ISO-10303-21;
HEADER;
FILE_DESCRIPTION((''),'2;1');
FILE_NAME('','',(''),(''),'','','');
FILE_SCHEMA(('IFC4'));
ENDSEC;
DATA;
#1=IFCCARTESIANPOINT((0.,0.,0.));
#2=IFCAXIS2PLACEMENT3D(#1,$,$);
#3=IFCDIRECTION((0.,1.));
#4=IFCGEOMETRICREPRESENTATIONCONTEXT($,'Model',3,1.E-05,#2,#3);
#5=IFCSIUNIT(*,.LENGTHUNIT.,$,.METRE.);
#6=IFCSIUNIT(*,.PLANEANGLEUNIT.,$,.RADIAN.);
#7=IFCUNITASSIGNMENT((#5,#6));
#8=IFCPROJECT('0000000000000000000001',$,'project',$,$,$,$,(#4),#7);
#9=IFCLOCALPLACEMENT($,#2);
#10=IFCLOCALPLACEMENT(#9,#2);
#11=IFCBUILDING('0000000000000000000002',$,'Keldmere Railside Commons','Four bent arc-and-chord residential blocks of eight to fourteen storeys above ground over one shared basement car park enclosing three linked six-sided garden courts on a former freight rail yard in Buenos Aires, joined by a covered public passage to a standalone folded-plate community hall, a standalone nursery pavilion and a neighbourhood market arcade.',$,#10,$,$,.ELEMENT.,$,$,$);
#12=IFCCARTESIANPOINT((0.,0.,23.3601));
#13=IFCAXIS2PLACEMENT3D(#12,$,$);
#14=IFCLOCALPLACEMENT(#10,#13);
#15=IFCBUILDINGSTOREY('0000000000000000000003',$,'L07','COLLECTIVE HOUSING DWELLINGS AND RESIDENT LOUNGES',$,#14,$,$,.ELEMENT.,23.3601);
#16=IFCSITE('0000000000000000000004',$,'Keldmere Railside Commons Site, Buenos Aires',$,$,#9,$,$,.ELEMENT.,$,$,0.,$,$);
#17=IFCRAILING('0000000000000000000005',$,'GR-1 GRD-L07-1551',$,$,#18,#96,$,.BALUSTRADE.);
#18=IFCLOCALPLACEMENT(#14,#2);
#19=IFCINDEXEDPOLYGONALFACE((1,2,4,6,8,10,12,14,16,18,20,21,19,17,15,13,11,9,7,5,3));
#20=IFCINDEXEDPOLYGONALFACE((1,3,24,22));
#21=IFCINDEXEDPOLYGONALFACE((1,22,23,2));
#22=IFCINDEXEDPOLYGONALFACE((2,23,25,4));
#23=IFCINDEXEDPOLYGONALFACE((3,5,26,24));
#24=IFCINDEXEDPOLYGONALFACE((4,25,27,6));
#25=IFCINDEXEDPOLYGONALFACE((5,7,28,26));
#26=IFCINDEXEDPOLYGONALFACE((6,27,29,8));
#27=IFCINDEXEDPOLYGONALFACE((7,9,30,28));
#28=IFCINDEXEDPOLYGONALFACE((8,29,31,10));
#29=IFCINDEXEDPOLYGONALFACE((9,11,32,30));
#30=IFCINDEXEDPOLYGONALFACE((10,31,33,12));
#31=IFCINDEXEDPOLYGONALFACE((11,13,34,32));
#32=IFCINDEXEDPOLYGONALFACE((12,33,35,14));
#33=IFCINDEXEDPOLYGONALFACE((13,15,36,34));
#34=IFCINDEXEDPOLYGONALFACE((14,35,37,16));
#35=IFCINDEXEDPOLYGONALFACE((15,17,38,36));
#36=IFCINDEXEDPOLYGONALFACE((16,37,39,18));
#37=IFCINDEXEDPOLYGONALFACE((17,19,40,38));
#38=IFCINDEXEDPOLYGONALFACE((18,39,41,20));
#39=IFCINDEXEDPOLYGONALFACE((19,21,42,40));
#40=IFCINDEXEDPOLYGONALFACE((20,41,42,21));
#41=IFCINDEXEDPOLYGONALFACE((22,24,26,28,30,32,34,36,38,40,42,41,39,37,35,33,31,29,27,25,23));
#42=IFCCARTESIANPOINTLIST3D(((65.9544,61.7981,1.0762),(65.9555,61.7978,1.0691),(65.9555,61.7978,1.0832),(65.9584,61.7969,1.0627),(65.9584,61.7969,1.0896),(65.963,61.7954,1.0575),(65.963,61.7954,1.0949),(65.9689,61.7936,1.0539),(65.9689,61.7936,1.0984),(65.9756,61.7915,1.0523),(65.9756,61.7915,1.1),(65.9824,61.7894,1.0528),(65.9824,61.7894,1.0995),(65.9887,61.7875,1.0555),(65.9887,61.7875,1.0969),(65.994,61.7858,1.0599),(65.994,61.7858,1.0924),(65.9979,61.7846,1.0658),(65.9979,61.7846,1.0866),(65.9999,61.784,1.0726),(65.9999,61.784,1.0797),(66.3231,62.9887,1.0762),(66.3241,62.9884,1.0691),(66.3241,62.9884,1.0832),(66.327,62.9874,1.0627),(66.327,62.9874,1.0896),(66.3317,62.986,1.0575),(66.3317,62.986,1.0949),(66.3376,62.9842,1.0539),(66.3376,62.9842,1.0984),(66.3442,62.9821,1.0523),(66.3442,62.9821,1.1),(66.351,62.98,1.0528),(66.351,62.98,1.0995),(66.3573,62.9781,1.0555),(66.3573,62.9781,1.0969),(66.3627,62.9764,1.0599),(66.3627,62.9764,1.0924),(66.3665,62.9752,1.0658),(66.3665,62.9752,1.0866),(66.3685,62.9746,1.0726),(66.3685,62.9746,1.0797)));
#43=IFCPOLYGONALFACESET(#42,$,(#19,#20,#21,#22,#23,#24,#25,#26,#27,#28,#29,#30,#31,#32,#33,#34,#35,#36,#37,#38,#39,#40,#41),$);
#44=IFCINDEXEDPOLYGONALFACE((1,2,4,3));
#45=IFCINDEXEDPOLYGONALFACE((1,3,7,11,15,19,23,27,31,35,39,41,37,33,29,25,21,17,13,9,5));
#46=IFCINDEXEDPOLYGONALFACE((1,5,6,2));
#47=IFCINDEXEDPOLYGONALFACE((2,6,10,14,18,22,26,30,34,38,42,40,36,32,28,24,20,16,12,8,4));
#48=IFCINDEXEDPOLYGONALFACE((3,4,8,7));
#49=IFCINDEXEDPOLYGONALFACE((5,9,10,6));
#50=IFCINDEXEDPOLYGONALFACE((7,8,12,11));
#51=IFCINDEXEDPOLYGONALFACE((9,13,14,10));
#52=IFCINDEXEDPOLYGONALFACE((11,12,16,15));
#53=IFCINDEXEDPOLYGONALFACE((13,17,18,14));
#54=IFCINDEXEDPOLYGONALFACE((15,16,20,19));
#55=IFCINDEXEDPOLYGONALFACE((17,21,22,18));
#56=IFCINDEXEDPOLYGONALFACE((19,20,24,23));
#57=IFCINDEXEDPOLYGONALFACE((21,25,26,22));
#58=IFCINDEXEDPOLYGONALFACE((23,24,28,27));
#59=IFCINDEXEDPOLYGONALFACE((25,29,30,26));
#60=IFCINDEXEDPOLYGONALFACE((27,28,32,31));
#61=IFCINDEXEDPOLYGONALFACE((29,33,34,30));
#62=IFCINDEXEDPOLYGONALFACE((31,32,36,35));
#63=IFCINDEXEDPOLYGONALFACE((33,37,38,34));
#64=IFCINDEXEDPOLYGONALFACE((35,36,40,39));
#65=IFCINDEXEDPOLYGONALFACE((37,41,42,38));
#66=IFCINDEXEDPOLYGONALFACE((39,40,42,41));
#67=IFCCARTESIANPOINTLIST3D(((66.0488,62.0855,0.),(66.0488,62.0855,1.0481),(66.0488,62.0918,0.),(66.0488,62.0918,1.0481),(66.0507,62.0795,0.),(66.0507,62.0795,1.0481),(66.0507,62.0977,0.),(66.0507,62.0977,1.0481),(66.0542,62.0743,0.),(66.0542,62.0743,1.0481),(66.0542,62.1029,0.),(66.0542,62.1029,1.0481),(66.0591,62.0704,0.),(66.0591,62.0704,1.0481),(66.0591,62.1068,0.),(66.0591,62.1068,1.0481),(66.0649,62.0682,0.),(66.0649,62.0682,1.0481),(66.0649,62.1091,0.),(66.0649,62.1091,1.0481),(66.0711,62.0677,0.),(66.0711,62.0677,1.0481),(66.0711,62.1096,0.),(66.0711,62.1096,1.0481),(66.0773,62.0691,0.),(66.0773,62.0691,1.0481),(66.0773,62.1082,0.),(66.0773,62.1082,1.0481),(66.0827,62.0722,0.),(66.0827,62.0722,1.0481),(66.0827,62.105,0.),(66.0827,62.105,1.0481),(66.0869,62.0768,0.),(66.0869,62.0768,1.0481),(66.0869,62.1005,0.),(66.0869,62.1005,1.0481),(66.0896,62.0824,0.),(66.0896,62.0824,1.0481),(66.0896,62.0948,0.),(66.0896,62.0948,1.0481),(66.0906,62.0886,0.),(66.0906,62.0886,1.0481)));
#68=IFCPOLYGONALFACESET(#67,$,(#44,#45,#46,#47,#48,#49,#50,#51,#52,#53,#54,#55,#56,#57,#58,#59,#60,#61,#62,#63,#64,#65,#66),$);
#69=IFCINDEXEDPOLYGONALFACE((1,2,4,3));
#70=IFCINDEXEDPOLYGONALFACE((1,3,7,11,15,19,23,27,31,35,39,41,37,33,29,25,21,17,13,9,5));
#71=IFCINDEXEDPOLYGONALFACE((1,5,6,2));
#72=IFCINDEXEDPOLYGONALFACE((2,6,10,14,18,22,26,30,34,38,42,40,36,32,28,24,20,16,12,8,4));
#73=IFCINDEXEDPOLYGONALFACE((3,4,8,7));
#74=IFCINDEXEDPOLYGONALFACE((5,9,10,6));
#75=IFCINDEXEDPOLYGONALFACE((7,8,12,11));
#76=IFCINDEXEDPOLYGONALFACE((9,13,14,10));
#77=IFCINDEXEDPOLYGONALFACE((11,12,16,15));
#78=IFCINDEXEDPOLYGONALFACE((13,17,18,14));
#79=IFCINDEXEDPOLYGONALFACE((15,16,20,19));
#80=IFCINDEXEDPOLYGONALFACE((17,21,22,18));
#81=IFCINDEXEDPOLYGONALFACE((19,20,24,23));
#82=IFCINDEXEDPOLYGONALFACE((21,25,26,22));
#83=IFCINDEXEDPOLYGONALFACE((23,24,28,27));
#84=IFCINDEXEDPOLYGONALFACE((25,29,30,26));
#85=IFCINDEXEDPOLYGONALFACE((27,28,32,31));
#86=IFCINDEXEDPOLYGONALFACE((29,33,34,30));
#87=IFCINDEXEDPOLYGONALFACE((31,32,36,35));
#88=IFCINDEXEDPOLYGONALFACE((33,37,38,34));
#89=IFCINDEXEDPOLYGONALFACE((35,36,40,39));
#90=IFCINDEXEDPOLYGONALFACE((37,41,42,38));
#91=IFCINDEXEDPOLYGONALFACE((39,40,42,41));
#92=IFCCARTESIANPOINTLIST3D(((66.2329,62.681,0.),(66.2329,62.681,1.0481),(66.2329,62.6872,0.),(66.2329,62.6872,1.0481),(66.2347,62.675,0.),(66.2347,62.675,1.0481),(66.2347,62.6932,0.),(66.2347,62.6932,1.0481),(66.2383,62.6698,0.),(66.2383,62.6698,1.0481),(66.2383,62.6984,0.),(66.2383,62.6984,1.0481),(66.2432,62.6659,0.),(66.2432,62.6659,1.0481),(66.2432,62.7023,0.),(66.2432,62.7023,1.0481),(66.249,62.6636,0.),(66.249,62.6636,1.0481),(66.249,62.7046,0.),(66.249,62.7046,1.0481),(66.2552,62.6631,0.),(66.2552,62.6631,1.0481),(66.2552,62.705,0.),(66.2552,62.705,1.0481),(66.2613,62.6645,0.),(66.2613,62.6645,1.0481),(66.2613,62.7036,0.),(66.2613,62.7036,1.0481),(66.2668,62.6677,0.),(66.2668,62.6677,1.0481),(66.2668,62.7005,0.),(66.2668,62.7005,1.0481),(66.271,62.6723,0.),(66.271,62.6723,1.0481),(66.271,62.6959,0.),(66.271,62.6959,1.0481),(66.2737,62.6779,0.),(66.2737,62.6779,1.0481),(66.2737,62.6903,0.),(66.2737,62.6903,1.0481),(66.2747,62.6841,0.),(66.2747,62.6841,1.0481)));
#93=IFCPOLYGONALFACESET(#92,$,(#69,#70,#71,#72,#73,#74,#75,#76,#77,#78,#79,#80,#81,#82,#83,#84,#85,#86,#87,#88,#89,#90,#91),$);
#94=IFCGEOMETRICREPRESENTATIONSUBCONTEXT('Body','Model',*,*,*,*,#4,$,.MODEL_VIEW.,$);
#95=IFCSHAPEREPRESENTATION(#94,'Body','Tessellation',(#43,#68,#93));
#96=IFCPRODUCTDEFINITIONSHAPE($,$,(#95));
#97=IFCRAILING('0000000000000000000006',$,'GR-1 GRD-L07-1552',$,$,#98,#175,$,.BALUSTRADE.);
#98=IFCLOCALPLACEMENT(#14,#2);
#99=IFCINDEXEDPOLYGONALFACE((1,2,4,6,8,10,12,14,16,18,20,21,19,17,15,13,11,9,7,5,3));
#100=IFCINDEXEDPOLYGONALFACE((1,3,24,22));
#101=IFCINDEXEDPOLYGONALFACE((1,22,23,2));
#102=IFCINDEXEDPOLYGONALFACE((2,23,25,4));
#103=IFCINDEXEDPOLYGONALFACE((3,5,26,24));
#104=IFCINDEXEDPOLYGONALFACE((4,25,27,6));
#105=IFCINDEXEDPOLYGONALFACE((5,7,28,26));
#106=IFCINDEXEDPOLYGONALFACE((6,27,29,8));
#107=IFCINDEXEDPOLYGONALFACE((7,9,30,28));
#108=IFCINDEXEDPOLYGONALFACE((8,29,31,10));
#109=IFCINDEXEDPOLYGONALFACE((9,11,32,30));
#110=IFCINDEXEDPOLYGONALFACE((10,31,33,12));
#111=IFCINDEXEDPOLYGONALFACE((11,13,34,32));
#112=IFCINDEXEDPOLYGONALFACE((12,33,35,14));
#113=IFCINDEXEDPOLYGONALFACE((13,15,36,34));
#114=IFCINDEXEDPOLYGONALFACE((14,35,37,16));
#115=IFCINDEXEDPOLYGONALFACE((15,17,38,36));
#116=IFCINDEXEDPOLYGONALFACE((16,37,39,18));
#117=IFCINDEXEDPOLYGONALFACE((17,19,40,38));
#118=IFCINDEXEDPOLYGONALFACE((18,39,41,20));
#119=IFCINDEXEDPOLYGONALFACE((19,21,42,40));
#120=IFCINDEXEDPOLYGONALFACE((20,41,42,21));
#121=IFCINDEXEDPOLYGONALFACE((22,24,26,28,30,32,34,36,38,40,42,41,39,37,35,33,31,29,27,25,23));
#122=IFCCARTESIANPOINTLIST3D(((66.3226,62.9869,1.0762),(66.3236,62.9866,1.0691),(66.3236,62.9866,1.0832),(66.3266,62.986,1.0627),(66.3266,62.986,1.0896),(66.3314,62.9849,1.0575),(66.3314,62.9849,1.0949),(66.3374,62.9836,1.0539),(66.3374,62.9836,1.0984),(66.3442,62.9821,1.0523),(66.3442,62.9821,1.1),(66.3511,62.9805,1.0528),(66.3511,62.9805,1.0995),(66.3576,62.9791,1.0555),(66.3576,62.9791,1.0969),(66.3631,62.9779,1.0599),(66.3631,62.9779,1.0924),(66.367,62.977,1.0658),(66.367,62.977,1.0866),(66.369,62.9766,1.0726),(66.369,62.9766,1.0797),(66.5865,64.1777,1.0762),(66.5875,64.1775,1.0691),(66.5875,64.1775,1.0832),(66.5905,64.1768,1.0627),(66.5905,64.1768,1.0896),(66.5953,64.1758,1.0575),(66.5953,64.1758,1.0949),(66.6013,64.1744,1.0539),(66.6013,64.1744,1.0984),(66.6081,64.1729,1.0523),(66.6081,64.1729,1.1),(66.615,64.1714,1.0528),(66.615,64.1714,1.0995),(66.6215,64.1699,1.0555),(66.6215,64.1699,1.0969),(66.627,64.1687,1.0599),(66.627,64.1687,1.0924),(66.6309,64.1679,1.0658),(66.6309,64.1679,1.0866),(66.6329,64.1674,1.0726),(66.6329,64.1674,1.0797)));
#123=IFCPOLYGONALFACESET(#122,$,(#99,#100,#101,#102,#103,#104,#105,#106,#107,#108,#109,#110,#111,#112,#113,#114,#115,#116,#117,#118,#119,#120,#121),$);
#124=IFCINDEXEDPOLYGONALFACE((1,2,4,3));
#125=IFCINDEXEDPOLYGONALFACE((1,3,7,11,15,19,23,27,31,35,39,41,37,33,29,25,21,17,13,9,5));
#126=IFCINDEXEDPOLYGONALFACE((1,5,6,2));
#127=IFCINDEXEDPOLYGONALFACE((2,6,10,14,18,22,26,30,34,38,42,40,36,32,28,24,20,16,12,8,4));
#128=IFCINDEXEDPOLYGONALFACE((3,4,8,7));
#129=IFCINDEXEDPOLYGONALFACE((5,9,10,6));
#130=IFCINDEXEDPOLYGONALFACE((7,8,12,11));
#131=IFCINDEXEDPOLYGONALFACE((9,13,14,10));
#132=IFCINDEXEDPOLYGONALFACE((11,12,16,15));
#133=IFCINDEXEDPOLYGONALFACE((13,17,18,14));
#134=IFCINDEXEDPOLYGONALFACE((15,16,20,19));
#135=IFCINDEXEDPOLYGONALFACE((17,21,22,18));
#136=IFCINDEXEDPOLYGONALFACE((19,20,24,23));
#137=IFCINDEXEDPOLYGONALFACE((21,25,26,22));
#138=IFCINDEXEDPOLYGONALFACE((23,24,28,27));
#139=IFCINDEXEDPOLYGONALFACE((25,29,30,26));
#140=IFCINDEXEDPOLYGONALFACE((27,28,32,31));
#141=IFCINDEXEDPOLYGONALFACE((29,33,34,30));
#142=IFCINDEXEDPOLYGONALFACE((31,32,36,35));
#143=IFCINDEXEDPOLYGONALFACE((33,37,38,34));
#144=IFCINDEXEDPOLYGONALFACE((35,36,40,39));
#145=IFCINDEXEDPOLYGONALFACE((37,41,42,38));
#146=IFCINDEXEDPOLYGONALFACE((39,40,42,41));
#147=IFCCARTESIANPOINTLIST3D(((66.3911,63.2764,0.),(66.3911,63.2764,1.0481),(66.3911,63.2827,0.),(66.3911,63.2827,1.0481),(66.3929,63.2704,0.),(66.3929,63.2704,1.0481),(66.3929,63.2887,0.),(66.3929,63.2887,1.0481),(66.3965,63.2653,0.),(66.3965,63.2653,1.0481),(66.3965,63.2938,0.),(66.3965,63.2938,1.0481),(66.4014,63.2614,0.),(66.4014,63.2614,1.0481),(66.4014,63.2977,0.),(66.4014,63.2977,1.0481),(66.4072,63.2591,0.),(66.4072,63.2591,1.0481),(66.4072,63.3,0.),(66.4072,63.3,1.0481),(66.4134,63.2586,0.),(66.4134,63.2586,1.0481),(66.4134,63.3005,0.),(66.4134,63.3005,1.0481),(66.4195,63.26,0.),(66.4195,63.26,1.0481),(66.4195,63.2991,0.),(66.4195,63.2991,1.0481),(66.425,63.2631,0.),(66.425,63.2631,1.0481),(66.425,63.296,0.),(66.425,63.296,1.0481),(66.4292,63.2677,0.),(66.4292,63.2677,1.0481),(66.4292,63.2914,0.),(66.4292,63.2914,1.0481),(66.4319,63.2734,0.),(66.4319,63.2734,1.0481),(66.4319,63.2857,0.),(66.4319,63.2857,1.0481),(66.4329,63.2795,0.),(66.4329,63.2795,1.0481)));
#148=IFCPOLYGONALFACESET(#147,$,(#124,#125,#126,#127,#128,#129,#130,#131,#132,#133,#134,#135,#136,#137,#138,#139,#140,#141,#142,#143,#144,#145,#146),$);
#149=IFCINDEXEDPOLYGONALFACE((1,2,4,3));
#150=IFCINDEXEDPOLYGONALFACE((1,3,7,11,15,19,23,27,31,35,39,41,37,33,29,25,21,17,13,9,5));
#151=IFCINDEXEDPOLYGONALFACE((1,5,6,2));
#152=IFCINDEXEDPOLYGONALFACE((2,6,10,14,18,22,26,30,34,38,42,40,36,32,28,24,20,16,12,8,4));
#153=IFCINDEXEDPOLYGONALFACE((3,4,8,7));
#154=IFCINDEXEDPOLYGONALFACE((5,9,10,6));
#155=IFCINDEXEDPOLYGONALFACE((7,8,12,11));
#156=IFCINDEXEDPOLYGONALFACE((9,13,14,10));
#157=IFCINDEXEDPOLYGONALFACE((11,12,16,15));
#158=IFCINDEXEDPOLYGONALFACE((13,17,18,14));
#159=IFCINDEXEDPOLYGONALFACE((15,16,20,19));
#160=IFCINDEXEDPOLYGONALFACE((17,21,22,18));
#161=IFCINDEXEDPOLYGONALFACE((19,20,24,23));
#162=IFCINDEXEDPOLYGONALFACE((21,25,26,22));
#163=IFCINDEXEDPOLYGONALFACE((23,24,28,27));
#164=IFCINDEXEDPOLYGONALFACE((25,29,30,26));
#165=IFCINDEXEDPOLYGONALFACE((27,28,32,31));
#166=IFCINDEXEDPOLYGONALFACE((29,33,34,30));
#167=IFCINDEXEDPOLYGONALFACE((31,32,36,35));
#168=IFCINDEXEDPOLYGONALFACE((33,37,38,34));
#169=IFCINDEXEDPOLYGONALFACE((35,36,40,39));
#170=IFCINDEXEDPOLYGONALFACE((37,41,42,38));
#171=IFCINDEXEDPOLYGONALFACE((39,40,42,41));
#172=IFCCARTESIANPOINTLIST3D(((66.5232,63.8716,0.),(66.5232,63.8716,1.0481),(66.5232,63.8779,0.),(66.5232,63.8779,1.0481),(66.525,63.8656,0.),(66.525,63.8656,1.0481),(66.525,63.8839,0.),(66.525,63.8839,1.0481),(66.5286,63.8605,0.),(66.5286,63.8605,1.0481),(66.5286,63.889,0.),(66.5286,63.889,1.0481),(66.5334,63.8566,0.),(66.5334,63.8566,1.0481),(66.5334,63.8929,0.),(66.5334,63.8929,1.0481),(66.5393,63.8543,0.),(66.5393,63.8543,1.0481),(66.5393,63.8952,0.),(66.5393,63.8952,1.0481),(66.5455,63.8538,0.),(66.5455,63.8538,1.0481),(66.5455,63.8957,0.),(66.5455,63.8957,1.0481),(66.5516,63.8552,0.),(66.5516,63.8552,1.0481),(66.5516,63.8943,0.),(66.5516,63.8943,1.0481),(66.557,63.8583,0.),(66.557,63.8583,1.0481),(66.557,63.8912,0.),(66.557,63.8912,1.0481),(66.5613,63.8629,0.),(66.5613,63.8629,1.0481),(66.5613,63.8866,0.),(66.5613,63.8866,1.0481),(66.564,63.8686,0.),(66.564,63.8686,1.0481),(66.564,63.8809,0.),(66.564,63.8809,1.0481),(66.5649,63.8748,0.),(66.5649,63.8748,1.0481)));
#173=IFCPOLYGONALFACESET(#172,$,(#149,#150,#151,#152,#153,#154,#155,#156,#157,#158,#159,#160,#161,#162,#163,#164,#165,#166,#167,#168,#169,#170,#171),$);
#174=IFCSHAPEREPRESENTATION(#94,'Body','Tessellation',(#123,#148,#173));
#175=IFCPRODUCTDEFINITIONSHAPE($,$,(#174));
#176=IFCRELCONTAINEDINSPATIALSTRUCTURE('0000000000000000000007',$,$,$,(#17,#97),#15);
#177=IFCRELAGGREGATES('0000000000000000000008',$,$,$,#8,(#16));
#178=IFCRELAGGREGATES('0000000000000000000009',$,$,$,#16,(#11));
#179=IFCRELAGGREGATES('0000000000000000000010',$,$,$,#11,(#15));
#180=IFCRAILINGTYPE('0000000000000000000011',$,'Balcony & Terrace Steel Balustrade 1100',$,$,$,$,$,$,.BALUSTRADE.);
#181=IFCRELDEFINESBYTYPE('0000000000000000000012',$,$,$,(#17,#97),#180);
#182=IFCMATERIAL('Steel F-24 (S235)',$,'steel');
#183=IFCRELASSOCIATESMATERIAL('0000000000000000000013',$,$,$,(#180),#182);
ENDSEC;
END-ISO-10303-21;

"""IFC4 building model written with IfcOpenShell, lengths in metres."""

from ifc_helpers import new_model, si_unit, direction, frame, origin, origin_2d, place, context, subcontext, project, spatial, circle, extrude, material, type_object, element, save


model = new_model("IFC4")

# Units and contexts
model_context = context("Model", 3, precision=1e-05, world=origin(), true_north=direction((0.0, 1.0)))
body_context = subcontext(model_context, "Body", "Model", "MODEL_VIEW")
ifc_project = project(units=[si_unit("LENGTHUNIT", "METRE"), si_unit("PLANEANGLEUNIT", "RADIAN")], contexts=[model_context])

# Site, building, storey
site_placement = place(None, origin())
site = spatial("IfcSite", under=ifc_project, at=site_placement, Name="Keldmere Railside Commons Site, Buenos Aires", CompositionType="ELEMENT", RefElevation=0.0)
building_placement = place(site_placement, origin())
building = spatial("IfcBuilding", under=site, at=building_placement, Name="Keldmere Railside Commons", Description="Four bent arc-and-chord residential blocks of eight to fourteen storeys above ground over one shared basement car park enclosing three linked six-sided garden courts on a former freight rail yard in Buenos Aires, joined by a covered public passage to a standalone folded-plate community hall, a standalone nursery pavilion and a neighbourhood market arcade.", CompositionType="ELEMENT")
storey_placement = place(building_placement, frame((0.0, 0.0, 23.3601)))
storey = spatial("IfcBuildingStorey", under=building, at=storey_placement, Name="L07", Description="COLLECTIVE HOUSING DWELLINGS AND RESIDENT LOUNGES", CompositionType="ELEMENT", Elevation=23.3601)

# Railings
ifc_material_1 = material(Name="Steel F-24 (S235)", Category="steel")
railing_type = type_object("IfcRailingType", Name="Balcony & Terrace Steel Balustrade 1100", PredefinedType="BALUSTRADE", material=ifc_material_1)
railing_1_placement = place(storey_placement, frame((65.9773, 61.791, 0.0)))
element("IfcRailing", 1, at=railing_1_placement, inside=storey, type_object=railing_type, Name="GR-1 GRD-L07-1551", PredefinedType="BALUSTRADE", context=body_context, shape_type="SweptSolid", body=[
    extrude(circle(Radius=0.0239, at=origin_2d()), frame((0.0, 0.0, 1.0762), z_axis=(0.295765, 0.955261, 0.0), x_axis=(-0.955261, 0.295765, 0.0)), (0.0, 0.0, 1.0), 1.2463),
    extrude(circle(Radius=0.021, at=origin_2d()), frame((0.0923, 0.2976, 0.0)), (0.0, 0.0, 1.0), 1.0481),
    extrude(circle(Radius=0.021, at=origin_2d()), frame((0.2764, 0.8931, 0.0)), (0.0, 0.0, 1.0), 1.0481),
])
railing_2_placement = place(storey_placement, frame((66.3459, 62.9817, 0.0)))
element("IfcRailing", 2, at=railing_2_placement, inside=storey, type_object=railing_type, Name="GR-1 GRD-L07-1552", PredefinedType="BALUSTRADE", context=body_context, shape_type="SweptSolid", body=[
    extrude(circle(Radius=0.0239, at=origin_2d()), frame((0.0, 0.0, 1.0762), z_axis=(0.216358, 0.976314, 0.0), x_axis=(-0.976314, 0.216358, 0.0)), (0.0, 0.0, 1.0), 1.2197),
    extrude(circle(Radius=0.021, at=origin_2d()), frame((0.0659, 0.2979, 0.0)), (0.0, 0.0, 1.0), 1.0481),
    extrude(circle(Radius=0.021, at=origin_2d()), frame((0.198, 0.8931, 0.0)), (0.0, 0.0, 1.0), 1.0481),
])

save(model, "model.ifc")
